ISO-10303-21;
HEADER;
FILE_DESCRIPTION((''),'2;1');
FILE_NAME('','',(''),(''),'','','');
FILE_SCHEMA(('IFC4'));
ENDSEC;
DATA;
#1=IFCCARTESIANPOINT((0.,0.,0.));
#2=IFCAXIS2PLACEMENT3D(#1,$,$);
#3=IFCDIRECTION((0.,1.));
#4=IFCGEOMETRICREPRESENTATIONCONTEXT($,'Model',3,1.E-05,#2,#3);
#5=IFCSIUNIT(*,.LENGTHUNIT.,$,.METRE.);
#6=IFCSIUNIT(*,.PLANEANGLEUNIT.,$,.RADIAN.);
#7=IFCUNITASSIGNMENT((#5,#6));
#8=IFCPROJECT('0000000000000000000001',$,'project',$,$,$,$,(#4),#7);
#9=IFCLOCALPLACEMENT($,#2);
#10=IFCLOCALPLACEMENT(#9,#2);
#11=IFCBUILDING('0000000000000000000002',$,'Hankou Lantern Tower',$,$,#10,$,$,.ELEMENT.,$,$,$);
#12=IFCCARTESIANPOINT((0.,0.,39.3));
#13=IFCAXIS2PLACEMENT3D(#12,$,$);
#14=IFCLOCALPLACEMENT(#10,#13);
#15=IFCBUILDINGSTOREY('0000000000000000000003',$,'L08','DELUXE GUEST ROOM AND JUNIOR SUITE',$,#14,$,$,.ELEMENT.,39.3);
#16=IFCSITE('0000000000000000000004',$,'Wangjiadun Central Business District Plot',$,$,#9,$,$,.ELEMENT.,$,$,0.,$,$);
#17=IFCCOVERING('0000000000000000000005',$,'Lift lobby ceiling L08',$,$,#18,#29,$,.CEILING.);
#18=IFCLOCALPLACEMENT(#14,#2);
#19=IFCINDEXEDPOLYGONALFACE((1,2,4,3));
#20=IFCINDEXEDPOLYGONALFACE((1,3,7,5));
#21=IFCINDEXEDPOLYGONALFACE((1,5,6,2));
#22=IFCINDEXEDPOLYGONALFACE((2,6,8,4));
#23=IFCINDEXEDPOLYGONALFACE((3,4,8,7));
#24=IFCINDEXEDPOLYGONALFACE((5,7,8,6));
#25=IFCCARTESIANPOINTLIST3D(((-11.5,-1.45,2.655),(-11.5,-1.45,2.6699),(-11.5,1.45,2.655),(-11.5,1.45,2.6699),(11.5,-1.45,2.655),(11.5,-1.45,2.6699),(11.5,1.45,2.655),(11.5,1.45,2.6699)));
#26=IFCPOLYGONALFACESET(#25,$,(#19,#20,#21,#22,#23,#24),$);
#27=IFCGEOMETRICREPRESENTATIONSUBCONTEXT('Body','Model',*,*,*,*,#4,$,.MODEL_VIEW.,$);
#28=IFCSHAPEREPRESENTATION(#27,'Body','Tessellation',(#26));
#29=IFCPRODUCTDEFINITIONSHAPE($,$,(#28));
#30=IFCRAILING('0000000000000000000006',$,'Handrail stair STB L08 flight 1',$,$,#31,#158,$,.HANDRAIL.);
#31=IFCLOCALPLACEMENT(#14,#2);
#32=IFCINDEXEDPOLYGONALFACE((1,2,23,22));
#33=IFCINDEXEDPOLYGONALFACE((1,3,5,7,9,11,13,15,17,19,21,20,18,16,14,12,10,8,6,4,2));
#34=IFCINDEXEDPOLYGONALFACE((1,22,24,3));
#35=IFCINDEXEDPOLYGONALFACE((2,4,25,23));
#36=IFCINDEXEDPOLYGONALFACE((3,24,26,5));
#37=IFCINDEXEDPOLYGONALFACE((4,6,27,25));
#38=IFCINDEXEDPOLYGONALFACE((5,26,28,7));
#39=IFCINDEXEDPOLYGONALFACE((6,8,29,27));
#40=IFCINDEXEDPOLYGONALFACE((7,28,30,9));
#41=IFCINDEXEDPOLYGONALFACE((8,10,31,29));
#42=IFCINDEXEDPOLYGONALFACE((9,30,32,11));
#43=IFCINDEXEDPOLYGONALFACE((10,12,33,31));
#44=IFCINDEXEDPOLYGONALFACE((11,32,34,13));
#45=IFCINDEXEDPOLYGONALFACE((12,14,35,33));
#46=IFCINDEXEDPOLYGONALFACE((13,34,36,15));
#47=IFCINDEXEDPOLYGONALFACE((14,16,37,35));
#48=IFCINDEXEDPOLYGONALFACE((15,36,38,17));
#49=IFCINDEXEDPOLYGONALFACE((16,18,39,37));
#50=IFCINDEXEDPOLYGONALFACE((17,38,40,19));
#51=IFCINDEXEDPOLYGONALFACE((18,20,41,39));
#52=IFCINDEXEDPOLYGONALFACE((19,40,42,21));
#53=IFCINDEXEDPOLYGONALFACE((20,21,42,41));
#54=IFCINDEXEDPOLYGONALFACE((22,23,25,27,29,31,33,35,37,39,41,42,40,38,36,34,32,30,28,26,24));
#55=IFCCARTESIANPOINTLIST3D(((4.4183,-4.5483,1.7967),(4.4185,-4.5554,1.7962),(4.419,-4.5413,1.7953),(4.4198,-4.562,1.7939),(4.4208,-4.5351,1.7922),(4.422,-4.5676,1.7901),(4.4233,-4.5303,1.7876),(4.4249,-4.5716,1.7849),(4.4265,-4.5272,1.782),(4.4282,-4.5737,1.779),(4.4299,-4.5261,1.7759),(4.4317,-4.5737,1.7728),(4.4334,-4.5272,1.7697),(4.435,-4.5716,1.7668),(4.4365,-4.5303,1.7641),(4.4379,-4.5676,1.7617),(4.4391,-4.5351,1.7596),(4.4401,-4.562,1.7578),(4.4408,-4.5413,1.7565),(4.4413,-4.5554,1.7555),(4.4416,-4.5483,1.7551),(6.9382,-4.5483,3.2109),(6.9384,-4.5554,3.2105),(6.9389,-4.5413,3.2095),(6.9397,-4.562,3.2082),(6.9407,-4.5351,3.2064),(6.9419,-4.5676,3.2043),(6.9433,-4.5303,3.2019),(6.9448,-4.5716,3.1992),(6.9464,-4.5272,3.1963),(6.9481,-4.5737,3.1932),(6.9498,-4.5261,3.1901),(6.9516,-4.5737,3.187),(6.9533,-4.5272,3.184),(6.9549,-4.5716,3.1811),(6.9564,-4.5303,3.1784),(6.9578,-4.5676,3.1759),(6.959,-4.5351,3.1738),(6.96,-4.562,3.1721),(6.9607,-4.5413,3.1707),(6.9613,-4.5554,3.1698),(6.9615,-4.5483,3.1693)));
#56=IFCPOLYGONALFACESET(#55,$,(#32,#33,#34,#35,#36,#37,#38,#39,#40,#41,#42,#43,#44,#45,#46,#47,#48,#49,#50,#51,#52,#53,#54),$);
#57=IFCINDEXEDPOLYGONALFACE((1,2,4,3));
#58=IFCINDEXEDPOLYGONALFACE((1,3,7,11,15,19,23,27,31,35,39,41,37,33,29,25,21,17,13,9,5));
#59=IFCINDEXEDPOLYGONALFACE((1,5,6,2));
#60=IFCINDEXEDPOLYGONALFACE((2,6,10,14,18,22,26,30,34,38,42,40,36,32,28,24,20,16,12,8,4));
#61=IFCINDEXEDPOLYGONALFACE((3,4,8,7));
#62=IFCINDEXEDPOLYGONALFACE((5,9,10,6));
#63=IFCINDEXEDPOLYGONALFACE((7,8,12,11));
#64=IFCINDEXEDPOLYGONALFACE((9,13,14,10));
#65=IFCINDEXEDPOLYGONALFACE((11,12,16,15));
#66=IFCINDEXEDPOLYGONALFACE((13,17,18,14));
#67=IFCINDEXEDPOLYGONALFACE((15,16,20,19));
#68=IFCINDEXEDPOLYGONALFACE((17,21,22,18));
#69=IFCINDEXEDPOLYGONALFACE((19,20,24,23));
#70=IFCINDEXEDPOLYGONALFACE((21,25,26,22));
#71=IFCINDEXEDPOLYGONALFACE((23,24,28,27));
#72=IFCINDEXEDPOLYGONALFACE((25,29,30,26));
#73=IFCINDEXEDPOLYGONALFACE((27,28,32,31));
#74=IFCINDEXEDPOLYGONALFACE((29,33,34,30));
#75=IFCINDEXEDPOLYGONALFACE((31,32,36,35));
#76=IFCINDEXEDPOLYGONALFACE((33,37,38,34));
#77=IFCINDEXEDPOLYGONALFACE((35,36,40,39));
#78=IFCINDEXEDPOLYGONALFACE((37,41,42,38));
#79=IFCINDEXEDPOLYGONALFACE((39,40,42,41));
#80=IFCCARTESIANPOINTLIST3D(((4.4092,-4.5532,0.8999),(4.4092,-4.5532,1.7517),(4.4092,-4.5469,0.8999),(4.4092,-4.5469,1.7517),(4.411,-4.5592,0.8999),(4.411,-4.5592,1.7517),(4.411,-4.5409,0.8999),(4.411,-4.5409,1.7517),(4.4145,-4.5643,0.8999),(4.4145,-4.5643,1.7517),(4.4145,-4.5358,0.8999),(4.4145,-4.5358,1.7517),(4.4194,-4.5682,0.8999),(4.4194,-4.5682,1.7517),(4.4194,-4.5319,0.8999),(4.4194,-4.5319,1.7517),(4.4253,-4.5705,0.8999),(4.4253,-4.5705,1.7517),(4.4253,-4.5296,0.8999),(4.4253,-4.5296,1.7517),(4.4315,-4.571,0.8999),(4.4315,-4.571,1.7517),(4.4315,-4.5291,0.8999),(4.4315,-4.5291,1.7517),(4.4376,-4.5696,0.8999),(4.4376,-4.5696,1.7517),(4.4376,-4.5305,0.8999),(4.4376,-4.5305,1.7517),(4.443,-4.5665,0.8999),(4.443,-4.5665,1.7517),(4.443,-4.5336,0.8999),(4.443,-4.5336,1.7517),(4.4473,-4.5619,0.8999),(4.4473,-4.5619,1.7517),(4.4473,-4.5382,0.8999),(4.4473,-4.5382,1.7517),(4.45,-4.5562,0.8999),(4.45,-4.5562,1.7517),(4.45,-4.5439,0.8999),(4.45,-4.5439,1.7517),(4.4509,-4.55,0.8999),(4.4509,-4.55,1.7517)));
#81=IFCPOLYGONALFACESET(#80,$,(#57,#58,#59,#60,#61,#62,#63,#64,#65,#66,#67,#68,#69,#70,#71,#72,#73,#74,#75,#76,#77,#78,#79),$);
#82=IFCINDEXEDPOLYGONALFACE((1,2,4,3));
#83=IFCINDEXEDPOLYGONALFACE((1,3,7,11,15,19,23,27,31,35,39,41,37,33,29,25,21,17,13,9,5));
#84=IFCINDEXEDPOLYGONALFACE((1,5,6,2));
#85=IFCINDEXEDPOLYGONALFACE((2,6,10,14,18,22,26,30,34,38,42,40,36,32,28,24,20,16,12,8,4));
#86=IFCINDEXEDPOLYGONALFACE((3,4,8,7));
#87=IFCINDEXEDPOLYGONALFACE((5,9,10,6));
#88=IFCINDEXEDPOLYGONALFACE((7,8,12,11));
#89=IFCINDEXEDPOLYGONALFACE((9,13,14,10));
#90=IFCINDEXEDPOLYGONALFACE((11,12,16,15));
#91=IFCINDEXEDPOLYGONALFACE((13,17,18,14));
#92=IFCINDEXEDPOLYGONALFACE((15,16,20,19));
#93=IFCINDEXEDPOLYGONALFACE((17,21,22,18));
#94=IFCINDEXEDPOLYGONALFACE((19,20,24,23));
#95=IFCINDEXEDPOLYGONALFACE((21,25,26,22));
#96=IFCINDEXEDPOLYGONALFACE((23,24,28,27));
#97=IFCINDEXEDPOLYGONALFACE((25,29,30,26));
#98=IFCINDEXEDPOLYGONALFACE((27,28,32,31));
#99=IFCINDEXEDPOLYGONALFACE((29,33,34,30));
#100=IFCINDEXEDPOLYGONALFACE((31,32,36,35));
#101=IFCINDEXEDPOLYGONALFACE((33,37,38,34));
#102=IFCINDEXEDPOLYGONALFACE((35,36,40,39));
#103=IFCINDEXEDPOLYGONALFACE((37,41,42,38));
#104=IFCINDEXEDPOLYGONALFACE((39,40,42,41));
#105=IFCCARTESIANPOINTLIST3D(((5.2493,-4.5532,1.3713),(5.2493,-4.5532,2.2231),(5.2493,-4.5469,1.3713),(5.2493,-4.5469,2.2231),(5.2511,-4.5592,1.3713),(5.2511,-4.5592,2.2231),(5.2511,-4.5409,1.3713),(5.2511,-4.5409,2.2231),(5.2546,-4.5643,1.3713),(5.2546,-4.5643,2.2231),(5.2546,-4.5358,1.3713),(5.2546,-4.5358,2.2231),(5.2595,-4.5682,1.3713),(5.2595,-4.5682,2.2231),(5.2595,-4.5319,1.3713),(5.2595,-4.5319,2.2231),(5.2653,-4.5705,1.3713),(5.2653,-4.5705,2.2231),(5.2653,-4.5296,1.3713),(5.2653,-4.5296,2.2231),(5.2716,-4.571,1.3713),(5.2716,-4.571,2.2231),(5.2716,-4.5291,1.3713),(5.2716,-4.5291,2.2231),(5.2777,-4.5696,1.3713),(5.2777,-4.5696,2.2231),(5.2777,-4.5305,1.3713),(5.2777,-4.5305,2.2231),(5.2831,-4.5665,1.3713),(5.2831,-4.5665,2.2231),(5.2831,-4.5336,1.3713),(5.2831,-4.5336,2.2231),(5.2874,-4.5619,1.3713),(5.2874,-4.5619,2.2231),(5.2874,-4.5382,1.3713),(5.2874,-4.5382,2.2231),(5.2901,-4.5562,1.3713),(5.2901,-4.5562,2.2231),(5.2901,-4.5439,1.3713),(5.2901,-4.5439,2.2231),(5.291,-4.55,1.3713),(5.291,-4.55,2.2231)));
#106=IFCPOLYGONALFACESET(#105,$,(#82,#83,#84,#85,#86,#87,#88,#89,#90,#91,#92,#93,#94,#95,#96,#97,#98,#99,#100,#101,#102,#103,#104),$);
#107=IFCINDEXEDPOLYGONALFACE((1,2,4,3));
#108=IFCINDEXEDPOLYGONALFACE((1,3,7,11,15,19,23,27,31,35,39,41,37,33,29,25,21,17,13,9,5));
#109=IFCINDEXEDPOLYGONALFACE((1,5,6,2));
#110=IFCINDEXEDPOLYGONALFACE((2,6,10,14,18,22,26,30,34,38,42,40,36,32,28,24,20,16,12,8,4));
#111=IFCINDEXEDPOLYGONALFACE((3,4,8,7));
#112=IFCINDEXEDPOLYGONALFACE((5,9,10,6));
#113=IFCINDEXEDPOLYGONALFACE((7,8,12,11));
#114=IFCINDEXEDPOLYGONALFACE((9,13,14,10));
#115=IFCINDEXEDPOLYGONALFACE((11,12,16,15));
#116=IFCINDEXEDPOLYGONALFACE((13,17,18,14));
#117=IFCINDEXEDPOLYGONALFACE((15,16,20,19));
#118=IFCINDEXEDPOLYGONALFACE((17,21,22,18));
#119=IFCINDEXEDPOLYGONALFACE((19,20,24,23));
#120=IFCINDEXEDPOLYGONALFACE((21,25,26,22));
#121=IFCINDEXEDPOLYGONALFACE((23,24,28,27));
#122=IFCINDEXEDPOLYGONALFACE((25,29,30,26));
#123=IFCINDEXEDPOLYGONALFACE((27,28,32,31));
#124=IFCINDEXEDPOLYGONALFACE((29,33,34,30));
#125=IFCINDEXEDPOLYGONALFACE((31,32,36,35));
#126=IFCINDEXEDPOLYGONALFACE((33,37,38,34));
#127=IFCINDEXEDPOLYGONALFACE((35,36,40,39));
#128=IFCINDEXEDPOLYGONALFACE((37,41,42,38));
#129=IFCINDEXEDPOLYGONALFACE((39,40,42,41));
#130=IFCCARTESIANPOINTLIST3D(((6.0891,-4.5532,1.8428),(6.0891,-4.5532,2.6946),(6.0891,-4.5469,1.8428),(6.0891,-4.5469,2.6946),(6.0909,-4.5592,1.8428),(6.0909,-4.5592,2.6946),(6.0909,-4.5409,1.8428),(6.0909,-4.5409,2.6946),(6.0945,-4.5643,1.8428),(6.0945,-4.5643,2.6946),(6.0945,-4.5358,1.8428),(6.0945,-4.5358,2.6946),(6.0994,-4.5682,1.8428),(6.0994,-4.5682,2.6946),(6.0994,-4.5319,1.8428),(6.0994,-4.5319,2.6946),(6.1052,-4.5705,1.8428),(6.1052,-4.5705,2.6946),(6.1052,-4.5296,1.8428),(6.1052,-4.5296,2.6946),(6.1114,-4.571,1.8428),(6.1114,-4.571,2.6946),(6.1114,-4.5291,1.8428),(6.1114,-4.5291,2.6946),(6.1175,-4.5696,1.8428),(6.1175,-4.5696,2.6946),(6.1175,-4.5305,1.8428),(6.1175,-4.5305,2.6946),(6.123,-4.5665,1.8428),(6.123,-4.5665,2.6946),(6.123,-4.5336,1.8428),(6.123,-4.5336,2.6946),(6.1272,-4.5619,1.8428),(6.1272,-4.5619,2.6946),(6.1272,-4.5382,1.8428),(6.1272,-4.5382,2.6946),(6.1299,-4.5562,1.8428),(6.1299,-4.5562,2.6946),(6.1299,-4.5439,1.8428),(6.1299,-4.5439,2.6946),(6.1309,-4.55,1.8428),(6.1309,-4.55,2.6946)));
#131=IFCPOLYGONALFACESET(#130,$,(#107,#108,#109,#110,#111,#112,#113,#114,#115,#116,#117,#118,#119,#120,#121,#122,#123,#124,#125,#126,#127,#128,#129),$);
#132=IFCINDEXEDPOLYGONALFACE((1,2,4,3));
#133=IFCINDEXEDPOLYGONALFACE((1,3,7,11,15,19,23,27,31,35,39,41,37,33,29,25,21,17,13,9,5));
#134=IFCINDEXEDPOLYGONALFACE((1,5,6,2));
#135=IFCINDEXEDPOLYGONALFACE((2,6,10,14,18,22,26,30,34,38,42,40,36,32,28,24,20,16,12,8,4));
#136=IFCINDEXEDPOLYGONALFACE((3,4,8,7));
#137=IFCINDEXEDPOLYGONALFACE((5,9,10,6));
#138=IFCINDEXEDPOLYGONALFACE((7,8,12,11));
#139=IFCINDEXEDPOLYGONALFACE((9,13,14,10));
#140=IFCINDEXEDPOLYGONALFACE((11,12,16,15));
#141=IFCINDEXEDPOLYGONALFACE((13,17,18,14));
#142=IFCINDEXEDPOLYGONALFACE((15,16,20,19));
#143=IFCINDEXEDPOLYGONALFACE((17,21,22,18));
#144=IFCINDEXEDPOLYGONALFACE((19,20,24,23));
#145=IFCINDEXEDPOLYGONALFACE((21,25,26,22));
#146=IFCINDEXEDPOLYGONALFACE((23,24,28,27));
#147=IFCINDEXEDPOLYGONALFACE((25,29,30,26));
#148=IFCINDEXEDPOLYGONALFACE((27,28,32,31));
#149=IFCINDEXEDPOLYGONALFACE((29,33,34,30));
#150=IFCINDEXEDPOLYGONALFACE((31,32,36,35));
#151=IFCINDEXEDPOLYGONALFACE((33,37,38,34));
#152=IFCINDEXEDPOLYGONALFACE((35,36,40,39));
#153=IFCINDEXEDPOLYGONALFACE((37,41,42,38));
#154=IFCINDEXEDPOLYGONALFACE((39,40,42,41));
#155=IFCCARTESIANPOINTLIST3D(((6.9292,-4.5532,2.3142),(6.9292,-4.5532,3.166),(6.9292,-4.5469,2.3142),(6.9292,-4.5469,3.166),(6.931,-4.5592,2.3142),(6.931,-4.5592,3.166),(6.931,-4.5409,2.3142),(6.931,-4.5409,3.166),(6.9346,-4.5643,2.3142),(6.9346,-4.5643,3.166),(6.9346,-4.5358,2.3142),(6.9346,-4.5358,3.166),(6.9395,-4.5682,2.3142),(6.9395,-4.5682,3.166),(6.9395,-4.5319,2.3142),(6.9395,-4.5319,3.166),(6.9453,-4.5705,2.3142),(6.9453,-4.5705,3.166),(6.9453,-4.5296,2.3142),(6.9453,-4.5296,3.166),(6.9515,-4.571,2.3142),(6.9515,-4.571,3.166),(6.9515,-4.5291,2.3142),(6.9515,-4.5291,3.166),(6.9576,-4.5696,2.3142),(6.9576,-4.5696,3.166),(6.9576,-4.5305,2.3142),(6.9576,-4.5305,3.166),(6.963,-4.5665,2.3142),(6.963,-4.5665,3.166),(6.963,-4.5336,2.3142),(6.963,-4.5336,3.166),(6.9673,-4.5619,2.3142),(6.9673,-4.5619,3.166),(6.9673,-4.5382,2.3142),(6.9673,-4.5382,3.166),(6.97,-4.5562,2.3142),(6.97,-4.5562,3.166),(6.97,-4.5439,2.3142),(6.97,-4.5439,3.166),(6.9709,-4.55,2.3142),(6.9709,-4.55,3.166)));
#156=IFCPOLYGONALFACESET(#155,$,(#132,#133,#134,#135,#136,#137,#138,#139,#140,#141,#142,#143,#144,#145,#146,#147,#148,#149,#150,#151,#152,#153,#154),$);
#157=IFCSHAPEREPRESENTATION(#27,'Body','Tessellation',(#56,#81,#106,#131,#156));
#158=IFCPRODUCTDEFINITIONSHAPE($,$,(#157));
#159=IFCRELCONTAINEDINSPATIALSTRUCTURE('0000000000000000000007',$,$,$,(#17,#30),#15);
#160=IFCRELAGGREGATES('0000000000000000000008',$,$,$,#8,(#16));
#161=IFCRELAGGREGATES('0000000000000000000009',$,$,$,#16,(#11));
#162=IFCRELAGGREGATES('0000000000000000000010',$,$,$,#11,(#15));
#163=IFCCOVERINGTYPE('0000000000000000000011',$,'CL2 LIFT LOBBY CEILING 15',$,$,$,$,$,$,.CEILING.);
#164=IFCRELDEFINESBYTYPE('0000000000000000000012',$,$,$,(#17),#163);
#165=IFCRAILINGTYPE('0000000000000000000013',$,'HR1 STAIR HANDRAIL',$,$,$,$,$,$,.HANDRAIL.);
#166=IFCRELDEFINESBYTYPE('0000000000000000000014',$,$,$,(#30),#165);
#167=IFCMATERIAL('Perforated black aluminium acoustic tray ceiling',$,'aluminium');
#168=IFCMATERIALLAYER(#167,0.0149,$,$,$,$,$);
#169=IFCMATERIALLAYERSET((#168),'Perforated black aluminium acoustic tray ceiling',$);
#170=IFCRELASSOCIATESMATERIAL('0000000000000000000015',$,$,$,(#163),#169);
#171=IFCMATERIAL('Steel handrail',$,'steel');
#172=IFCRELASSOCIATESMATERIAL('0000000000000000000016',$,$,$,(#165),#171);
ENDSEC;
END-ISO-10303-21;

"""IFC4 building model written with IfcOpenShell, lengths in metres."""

from ifc_helpers import new_model, si_unit, direction, frame, origin, origin_2d, place, context, subcontext, project, spatial, polyline, circle, outline, extrude, material, layer, layer_set, type_object, element, save


model = new_model("IFC4")

# Units and contexts
model_context = context("Model", 3, precision=1e-05, world=origin(), true_north=direction((0.0, 1.0)))
body_context = subcontext(model_context, "Body", "Model", "MODEL_VIEW")
ifc_project = project(units=[si_unit("LENGTHUNIT", "METRE"), si_unit("PLANEANGLEUNIT", "RADIAN")], contexts=[model_context])

# Site, building, storey
site_placement = place(None, origin())
site = spatial("IfcSite", under=ifc_project, at=site_placement, Name="Wangjiadun Central Business District Plot", CompositionType="ELEMENT", RefElevation=0.0)
building_placement = place(site_placement, origin())
building = spatial("IfcBuilding", under=site, at=building_placement, Name="Hankou Lantern Tower", CompositionType="ELEMENT")
storey_placement = place(building_placement, frame((0.0, 0.0, 39.3)))
storey = spatial("IfcBuildingStorey", under=building, at=storey_placement, Name="L08", Description="DELUXE GUEST ROOM AND JUNIOR SUITE", CompositionType="ELEMENT", Elevation=39.3)

# Covering
ifc_material_1 = material(Name="Perforated black aluminium acoustic tray ceiling", Category="aluminium")
ifc_layer_1 = layer(ifc_material_1, 0.0149)
ifc_layer_set_1 = layer_set([ifc_layer_1], Name="Perforated black aluminium acoustic tray ceiling")
covering_type_1 = type_object("IfcCoveringType", Name="CL2 LIFT LOBBY CEILING 15", PredefinedType="CEILING", material=ifc_layer_set_1)
covering_1_placement = place(storey_placement, frame((0.0, 0.0, 2.655)))
element("IfcCovering", 1, at=covering_1_placement, inside=storey, type_object=covering_type_1, Name="Lift lobby ceiling L08", PredefinedType="CEILING", context=body_context, shape_type="SweptSolid", body=[
    extrude(outline(polyline([(-11.5, -1.45), (11.5, -1.45), (11.5, 1.45), (-11.5, 1.45), (-11.5, -1.45)])), origin(), (0.0, 0.0, 1.0), 0.0149),
])

# Railing
ifc_material_2 = material(Name="Steel handrail", Category="steel")
railing_type = type_object("IfcRailingType", Name="HR1 STAIR HANDRAIL", PredefinedType="HANDRAIL", material=ifc_material_2)
railing_1_placement = place(storey_placement, frame((4.4299, -4.55, 0.8999)))
element("IfcRailing", 2, at=railing_1_placement, inside=storey, type_object=railing_type, Name="Handrail stair STB L08 flight 1", PredefinedType="HANDRAIL", context=body_context, shape_type="SweptSolid", body=[
    extrude(circle(Radius=0.0239, at=origin_2d()), frame((0.0, 0.0, 0.876), z_axis=(0.872049, 0.0, 0.489419), x_axis=(0.0, 1.0, 0.0)), (0.0, 0.0, 1.0), 2.8896),
    extrude(circle(Radius=0.021, at=origin_2d()), origin(), (0.0, 0.0, 1.0), 0.8518),
    extrude(circle(Radius=0.021, at=origin_2d()), frame((0.8401, 0.0, 0.4714)), (0.0, 0.0, 1.0), 0.8518),
    extrude(circle(Radius=0.021, at=origin_2d()), frame((1.6799, 0.0, 0.9429)), (0.0, 0.0, 1.0), 0.8518),
    extrude(circle(Radius=0.021, at=origin_2d()), frame((2.52, 0.0, 1.4143)), (0.0, 0.0, 1.0), 0.8518),
])

save(model, "model.ifc")
